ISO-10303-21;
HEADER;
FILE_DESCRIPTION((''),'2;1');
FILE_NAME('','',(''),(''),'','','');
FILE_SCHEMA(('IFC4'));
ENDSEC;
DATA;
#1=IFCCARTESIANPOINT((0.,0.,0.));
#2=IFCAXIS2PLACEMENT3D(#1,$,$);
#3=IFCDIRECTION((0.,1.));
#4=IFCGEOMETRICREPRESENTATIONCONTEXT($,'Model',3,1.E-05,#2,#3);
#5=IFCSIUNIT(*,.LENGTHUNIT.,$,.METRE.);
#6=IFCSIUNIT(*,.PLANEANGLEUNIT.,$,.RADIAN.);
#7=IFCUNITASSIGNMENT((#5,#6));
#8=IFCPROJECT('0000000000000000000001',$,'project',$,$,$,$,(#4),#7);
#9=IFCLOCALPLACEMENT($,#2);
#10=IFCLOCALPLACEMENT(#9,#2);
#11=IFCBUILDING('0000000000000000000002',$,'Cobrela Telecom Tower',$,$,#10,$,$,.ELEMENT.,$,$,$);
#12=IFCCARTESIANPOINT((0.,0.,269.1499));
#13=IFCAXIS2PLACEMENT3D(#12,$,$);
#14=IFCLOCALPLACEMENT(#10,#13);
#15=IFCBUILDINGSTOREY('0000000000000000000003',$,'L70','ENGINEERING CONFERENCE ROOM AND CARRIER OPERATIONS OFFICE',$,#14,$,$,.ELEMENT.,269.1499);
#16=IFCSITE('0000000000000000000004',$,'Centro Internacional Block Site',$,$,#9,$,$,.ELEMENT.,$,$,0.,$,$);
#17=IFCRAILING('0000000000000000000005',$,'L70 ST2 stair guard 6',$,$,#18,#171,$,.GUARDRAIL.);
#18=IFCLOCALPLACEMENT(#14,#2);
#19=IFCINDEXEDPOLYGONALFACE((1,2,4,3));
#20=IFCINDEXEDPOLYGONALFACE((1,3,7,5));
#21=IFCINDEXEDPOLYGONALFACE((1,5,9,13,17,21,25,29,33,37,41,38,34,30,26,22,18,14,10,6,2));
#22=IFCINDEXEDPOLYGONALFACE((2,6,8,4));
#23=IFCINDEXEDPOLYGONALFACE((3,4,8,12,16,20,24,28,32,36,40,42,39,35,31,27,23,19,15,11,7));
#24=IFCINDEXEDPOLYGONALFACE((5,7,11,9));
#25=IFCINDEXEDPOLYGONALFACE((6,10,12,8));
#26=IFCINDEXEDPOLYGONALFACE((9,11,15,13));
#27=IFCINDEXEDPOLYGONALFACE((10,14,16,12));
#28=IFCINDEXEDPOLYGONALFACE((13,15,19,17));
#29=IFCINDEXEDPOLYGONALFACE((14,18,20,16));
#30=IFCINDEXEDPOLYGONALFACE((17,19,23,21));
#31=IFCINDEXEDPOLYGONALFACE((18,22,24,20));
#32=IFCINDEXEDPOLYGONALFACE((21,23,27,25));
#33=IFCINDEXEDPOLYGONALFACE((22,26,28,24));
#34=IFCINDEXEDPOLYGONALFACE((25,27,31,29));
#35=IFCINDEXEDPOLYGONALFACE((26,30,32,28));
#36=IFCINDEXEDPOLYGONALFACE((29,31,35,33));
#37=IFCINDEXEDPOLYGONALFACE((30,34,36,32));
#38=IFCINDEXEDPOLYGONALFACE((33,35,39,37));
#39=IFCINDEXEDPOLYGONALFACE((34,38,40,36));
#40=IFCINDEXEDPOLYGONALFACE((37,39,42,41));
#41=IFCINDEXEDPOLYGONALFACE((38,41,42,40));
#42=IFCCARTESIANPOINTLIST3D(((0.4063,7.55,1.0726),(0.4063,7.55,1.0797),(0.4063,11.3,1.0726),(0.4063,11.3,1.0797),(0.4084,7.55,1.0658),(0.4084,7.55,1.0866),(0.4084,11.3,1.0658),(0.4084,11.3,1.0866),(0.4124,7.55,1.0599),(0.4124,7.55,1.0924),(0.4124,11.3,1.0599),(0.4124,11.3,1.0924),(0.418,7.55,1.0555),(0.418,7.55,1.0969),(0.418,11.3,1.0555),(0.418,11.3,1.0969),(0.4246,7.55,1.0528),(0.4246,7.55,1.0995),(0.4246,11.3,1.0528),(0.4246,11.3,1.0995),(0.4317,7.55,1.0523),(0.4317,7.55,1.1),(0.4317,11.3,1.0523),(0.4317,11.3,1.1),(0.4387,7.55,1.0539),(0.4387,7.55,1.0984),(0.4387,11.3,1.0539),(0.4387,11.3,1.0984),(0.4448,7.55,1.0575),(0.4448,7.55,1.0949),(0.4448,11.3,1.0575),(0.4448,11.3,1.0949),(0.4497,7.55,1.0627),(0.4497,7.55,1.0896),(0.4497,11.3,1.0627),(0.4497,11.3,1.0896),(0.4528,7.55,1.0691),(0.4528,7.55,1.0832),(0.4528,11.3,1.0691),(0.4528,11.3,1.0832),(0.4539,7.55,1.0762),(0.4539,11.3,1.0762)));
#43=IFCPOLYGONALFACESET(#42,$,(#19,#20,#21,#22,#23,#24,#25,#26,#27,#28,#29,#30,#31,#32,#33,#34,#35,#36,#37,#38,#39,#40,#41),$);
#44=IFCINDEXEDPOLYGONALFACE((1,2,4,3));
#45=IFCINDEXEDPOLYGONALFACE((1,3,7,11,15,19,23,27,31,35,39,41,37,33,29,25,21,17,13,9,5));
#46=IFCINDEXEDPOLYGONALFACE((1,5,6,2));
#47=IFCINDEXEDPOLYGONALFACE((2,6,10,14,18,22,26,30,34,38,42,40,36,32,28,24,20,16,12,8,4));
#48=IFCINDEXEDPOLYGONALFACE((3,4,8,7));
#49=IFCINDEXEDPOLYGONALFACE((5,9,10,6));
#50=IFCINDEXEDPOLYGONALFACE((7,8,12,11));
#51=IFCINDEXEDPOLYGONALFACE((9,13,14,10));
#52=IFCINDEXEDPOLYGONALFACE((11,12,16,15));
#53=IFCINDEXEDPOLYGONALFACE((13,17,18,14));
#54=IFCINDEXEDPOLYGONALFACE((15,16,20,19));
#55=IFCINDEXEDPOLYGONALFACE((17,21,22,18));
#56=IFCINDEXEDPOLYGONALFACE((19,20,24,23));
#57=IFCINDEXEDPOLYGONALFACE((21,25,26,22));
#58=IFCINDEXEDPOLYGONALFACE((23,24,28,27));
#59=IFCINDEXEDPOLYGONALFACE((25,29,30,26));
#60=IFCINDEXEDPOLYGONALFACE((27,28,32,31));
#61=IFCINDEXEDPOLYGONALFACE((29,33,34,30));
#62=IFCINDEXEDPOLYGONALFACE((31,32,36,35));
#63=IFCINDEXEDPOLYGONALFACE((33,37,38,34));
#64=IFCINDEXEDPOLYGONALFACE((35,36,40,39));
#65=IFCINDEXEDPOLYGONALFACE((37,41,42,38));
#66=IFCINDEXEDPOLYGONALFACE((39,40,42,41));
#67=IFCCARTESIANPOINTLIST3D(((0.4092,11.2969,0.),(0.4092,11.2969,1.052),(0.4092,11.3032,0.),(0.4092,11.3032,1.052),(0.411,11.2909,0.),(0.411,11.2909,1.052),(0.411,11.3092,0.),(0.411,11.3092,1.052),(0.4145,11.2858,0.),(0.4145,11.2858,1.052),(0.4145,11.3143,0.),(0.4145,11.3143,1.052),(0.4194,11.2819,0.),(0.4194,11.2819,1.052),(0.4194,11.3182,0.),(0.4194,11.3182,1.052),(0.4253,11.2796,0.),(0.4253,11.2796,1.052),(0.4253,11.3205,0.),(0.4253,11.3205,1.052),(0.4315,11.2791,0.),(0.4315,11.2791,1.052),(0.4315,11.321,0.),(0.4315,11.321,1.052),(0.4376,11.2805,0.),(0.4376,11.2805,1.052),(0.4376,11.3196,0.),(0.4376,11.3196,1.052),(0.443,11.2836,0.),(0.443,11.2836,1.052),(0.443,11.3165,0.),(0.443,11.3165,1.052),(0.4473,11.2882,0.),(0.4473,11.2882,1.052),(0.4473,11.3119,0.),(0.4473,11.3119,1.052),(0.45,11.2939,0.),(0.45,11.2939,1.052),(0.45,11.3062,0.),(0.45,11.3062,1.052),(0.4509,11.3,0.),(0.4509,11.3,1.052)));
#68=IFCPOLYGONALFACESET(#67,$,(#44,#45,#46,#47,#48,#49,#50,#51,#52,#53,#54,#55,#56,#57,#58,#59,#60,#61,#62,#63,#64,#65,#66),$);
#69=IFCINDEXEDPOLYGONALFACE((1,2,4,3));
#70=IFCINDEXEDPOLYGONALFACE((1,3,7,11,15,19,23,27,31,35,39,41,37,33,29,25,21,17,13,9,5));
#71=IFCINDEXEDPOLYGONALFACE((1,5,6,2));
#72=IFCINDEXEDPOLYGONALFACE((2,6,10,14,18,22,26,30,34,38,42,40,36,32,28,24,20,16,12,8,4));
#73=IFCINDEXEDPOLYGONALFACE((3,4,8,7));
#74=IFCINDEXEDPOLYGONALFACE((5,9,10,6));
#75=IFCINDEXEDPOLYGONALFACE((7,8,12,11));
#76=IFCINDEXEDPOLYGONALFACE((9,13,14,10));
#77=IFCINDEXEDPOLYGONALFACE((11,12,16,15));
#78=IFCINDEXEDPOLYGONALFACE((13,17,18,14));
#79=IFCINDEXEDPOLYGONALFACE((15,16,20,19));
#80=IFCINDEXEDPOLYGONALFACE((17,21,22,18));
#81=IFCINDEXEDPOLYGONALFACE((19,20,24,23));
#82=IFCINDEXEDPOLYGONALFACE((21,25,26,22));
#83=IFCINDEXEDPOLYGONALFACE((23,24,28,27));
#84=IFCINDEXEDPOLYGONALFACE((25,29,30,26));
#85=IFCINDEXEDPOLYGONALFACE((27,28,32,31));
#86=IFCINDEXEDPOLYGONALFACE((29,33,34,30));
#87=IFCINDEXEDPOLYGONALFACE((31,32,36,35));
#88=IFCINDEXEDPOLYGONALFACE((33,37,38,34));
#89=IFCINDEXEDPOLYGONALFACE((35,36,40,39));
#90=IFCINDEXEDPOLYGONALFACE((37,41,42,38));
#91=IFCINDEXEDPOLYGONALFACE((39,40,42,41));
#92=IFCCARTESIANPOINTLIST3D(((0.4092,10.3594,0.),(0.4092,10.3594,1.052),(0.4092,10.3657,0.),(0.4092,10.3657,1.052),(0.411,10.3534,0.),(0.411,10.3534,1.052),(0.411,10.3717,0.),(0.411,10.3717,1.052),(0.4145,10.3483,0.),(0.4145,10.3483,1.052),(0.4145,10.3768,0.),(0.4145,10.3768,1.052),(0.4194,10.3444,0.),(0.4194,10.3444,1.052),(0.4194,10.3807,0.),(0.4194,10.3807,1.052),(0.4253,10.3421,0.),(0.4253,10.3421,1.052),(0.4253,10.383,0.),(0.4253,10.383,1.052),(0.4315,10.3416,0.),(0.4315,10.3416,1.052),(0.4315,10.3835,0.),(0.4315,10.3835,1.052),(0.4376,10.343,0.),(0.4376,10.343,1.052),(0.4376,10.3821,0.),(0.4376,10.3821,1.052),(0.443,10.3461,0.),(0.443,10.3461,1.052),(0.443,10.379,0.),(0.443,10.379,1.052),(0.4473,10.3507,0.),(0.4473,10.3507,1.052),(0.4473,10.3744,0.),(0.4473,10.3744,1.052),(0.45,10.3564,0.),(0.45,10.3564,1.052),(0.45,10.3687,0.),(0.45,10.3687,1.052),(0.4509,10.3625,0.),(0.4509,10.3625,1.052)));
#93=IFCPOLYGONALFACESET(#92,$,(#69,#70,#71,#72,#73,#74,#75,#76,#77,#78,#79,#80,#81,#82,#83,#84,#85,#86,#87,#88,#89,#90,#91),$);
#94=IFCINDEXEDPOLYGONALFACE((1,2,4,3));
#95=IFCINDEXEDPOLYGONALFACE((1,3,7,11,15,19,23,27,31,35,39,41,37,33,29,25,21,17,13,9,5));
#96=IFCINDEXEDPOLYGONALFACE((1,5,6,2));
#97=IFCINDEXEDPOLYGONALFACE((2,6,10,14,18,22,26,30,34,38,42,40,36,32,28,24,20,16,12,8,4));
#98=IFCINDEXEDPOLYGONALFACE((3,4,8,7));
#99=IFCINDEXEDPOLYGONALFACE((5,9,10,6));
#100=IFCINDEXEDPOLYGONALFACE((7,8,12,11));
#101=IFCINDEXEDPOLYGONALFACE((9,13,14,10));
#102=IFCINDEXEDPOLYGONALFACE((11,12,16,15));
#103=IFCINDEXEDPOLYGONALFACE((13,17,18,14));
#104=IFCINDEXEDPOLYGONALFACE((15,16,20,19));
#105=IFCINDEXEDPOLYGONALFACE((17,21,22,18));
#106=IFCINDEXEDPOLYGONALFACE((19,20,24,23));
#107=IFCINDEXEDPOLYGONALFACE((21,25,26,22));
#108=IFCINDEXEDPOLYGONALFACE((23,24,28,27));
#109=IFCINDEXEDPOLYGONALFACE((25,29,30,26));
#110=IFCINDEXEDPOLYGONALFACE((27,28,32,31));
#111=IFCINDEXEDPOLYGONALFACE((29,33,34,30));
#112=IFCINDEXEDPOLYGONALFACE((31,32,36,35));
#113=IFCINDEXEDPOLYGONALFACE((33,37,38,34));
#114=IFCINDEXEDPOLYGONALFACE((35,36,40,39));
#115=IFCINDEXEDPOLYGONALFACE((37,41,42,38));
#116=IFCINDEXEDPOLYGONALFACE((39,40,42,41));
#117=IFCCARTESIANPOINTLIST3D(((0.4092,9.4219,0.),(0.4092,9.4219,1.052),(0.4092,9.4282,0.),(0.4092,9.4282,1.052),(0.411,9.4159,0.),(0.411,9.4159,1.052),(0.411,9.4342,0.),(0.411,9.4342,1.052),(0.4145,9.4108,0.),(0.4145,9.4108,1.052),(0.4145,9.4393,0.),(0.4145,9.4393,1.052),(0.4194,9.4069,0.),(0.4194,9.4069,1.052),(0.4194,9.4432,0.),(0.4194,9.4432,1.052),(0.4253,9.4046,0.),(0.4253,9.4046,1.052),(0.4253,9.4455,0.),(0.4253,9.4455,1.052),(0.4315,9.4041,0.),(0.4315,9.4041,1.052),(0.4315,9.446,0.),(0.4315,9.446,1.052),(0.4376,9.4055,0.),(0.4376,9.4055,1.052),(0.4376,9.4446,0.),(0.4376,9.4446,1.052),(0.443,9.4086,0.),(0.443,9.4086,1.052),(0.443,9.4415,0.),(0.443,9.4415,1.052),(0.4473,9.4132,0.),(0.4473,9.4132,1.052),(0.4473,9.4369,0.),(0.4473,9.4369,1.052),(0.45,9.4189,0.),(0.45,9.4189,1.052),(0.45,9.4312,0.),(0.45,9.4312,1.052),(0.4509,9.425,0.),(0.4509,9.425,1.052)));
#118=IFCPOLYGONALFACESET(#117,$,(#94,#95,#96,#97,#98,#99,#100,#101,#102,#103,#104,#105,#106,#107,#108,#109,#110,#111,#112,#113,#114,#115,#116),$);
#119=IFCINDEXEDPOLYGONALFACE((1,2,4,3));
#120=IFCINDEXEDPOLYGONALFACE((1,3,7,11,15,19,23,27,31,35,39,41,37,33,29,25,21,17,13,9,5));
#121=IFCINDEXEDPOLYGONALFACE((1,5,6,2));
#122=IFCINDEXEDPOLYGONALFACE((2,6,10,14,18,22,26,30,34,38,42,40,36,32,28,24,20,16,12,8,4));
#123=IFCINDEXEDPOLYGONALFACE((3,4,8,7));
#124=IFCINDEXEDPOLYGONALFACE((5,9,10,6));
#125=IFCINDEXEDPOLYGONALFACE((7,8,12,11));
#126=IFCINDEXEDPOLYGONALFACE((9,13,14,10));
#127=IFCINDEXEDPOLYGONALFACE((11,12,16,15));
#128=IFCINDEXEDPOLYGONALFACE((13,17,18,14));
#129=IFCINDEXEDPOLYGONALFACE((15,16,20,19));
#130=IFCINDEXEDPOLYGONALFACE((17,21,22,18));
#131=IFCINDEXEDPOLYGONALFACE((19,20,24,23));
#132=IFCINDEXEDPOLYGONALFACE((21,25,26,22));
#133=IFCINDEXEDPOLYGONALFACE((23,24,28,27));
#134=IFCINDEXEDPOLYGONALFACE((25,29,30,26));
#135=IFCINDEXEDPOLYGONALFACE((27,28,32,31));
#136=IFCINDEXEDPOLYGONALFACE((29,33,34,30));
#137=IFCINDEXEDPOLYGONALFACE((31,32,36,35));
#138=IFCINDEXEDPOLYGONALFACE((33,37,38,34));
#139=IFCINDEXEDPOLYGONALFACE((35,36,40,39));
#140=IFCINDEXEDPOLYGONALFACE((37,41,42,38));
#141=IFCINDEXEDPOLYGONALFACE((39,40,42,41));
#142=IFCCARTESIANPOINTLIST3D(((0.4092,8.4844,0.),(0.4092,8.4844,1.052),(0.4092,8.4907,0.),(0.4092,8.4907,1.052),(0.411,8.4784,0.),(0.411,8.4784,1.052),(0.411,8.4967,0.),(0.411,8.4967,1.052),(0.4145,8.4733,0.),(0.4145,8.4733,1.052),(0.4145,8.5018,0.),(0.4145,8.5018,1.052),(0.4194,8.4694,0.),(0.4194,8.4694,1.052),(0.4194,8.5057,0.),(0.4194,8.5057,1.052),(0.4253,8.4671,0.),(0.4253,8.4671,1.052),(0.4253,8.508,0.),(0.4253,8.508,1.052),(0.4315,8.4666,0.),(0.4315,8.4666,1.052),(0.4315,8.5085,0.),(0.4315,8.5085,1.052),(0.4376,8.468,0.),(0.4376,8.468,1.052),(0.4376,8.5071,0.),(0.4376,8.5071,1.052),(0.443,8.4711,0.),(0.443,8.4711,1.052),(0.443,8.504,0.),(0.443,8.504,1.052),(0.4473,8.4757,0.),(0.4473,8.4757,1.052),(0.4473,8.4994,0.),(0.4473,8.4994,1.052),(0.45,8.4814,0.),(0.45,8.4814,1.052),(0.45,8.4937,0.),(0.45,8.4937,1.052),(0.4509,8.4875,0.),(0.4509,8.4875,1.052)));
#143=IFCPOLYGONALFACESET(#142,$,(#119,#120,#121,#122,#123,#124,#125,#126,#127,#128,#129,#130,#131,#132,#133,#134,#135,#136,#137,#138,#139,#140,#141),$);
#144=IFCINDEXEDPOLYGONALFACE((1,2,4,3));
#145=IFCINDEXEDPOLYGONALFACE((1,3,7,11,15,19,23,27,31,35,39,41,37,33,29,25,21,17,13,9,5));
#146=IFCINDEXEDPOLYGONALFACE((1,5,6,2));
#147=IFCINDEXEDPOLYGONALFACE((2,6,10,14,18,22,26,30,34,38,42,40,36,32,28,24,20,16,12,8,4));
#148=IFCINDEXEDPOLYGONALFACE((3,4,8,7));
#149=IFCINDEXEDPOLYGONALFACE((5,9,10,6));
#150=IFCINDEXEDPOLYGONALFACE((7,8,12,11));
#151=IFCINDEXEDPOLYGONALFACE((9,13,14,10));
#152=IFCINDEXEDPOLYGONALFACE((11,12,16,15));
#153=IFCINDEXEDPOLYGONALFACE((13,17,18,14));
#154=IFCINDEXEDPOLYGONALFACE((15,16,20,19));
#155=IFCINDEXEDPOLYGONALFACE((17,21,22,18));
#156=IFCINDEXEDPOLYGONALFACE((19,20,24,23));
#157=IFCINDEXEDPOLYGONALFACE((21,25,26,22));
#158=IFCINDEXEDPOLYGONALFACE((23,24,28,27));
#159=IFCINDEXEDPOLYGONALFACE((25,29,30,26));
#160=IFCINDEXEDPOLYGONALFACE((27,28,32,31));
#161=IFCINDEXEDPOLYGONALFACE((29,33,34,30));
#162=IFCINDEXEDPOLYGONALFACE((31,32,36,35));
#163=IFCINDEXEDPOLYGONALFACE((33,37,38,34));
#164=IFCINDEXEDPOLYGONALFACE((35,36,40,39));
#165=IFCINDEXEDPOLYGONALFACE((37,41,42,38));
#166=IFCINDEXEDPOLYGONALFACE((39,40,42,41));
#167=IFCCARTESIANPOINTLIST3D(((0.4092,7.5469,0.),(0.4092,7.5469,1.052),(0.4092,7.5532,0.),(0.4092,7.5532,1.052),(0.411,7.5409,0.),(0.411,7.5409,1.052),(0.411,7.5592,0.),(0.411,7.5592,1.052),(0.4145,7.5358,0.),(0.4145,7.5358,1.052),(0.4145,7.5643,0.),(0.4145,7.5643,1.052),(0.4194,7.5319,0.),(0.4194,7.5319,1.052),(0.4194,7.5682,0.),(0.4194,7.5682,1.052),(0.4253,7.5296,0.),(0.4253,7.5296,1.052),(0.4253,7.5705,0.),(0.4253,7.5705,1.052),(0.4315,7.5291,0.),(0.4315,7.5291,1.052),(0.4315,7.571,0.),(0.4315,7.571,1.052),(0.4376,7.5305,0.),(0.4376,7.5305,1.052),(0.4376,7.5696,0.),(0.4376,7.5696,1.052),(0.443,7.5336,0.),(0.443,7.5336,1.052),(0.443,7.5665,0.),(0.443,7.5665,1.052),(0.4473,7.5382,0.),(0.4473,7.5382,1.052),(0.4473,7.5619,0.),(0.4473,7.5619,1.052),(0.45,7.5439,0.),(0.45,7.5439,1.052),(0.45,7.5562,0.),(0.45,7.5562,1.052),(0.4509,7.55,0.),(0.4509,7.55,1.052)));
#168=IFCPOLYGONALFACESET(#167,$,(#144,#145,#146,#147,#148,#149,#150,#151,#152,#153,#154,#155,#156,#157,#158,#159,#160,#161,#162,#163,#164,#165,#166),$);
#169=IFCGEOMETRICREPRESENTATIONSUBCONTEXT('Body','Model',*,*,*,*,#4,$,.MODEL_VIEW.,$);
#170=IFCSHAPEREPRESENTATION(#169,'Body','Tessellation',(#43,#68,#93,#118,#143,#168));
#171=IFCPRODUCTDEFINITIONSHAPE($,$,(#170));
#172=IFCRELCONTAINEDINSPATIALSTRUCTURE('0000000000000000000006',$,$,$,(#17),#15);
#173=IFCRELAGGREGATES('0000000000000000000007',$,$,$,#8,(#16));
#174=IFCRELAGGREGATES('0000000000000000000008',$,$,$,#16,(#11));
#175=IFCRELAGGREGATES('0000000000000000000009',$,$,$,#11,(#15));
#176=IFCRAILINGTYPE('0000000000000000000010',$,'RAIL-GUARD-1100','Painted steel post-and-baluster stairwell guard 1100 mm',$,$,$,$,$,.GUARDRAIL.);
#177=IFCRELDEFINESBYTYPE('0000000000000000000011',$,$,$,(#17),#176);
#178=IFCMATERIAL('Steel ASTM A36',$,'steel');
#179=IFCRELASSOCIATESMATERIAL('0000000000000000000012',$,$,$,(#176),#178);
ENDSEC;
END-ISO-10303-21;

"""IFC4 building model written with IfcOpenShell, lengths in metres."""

from ifc_helpers import new_model, si_unit, direction, frame, origin, origin_2d, place, context, subcontext, project, spatial, circle, extrude, material, type_object, element, save


model = new_model("IFC4")

# Units and contexts
model_context = context("Model", 3, precision=1e-05, world=origin(), true_north=direction((0.0, 1.0)))
body_context = subcontext(model_context, "Body", "Model", "MODEL_VIEW")
ifc_project = project(units=[si_unit("LENGTHUNIT", "METRE"), si_unit("PLANEANGLEUNIT", "RADIAN")], contexts=[model_context])

# Site, building, storey
site_placement = place(None, origin())
site = spatial("IfcSite", under=ifc_project, at=site_placement, Name="Centro Internacional Block Site", CompositionType="ELEMENT", RefElevation=0.0)
building_placement = place(site_placement, origin())
building = spatial("IfcBuilding", under=site, at=building_placement, Name="Cobrela Telecom Tower", CompositionType="ELEMENT")
storey_placement = place(building_placement, frame((0.0, 0.0, 269.1499)))
storey = spatial("IfcBuildingStorey", under=building, at=storey_placement, Name="L70", Description="ENGINEERING CONFERENCE ROOM AND CARRIER OPERATIONS OFFICE", CompositionType="ELEMENT", Elevation=269.1499)

# Shared definitions
ifc_material_1 = material(Name="Steel ASTM A36", Category="steel")

# Railing
railing_type = type_object("IfcRailingType", Name="RAIL-GUARD-1100", Description="Painted steel post-and-baluster stairwell guard 1100 mm", PredefinedType="GUARDRAIL", material=ifc_material_1)
railing_1_placement = place(storey_placement, frame((0.4299, 11.3, 0.0)))
element("IfcRailing", 1, at=railing_1_placement, inside=storey, type_object=railing_type, Name="L70 ST2 stair guard 6", PredefinedType="GUARDRAIL", context=body_context, shape_type="SweptSolid", body=[
    extrude(circle(Radius=0.0239, at=origin_2d()), frame((0.0, 0.0, 1.0762), z_axis=(0.0, -1.0, 0.0), x_axis=(1.0, 0.0, 0.0)), (0.0, 0.0, 1.0), 3.75),
    extrude(circle(Radius=0.021, at=origin_2d()), origin(), (0.0, 0.0, 1.0), 1.052),
    extrude(circle(Radius=0.021, at=origin_2d()), frame((0.0, -0.9375, 0.0)), (0.0, 0.0, 1.0), 1.052),
    extrude(circle(Radius=0.021, at=origin_2d()), frame((0.0, -1.875, 0.0)), (0.0, 0.0, 1.0), 1.052),
    extrude(circle(Radius=0.021, at=origin_2d()), frame((0.0, -2.8125, 0.0)), (0.0, 0.0, 1.0), 1.052),
    extrude(circle(Radius=0.021, at=origin_2d()), frame((0.0, -3.75, 0.0)), (0.0, 0.0, 1.0), 1.052),
])

save(model, "model.ifc")
